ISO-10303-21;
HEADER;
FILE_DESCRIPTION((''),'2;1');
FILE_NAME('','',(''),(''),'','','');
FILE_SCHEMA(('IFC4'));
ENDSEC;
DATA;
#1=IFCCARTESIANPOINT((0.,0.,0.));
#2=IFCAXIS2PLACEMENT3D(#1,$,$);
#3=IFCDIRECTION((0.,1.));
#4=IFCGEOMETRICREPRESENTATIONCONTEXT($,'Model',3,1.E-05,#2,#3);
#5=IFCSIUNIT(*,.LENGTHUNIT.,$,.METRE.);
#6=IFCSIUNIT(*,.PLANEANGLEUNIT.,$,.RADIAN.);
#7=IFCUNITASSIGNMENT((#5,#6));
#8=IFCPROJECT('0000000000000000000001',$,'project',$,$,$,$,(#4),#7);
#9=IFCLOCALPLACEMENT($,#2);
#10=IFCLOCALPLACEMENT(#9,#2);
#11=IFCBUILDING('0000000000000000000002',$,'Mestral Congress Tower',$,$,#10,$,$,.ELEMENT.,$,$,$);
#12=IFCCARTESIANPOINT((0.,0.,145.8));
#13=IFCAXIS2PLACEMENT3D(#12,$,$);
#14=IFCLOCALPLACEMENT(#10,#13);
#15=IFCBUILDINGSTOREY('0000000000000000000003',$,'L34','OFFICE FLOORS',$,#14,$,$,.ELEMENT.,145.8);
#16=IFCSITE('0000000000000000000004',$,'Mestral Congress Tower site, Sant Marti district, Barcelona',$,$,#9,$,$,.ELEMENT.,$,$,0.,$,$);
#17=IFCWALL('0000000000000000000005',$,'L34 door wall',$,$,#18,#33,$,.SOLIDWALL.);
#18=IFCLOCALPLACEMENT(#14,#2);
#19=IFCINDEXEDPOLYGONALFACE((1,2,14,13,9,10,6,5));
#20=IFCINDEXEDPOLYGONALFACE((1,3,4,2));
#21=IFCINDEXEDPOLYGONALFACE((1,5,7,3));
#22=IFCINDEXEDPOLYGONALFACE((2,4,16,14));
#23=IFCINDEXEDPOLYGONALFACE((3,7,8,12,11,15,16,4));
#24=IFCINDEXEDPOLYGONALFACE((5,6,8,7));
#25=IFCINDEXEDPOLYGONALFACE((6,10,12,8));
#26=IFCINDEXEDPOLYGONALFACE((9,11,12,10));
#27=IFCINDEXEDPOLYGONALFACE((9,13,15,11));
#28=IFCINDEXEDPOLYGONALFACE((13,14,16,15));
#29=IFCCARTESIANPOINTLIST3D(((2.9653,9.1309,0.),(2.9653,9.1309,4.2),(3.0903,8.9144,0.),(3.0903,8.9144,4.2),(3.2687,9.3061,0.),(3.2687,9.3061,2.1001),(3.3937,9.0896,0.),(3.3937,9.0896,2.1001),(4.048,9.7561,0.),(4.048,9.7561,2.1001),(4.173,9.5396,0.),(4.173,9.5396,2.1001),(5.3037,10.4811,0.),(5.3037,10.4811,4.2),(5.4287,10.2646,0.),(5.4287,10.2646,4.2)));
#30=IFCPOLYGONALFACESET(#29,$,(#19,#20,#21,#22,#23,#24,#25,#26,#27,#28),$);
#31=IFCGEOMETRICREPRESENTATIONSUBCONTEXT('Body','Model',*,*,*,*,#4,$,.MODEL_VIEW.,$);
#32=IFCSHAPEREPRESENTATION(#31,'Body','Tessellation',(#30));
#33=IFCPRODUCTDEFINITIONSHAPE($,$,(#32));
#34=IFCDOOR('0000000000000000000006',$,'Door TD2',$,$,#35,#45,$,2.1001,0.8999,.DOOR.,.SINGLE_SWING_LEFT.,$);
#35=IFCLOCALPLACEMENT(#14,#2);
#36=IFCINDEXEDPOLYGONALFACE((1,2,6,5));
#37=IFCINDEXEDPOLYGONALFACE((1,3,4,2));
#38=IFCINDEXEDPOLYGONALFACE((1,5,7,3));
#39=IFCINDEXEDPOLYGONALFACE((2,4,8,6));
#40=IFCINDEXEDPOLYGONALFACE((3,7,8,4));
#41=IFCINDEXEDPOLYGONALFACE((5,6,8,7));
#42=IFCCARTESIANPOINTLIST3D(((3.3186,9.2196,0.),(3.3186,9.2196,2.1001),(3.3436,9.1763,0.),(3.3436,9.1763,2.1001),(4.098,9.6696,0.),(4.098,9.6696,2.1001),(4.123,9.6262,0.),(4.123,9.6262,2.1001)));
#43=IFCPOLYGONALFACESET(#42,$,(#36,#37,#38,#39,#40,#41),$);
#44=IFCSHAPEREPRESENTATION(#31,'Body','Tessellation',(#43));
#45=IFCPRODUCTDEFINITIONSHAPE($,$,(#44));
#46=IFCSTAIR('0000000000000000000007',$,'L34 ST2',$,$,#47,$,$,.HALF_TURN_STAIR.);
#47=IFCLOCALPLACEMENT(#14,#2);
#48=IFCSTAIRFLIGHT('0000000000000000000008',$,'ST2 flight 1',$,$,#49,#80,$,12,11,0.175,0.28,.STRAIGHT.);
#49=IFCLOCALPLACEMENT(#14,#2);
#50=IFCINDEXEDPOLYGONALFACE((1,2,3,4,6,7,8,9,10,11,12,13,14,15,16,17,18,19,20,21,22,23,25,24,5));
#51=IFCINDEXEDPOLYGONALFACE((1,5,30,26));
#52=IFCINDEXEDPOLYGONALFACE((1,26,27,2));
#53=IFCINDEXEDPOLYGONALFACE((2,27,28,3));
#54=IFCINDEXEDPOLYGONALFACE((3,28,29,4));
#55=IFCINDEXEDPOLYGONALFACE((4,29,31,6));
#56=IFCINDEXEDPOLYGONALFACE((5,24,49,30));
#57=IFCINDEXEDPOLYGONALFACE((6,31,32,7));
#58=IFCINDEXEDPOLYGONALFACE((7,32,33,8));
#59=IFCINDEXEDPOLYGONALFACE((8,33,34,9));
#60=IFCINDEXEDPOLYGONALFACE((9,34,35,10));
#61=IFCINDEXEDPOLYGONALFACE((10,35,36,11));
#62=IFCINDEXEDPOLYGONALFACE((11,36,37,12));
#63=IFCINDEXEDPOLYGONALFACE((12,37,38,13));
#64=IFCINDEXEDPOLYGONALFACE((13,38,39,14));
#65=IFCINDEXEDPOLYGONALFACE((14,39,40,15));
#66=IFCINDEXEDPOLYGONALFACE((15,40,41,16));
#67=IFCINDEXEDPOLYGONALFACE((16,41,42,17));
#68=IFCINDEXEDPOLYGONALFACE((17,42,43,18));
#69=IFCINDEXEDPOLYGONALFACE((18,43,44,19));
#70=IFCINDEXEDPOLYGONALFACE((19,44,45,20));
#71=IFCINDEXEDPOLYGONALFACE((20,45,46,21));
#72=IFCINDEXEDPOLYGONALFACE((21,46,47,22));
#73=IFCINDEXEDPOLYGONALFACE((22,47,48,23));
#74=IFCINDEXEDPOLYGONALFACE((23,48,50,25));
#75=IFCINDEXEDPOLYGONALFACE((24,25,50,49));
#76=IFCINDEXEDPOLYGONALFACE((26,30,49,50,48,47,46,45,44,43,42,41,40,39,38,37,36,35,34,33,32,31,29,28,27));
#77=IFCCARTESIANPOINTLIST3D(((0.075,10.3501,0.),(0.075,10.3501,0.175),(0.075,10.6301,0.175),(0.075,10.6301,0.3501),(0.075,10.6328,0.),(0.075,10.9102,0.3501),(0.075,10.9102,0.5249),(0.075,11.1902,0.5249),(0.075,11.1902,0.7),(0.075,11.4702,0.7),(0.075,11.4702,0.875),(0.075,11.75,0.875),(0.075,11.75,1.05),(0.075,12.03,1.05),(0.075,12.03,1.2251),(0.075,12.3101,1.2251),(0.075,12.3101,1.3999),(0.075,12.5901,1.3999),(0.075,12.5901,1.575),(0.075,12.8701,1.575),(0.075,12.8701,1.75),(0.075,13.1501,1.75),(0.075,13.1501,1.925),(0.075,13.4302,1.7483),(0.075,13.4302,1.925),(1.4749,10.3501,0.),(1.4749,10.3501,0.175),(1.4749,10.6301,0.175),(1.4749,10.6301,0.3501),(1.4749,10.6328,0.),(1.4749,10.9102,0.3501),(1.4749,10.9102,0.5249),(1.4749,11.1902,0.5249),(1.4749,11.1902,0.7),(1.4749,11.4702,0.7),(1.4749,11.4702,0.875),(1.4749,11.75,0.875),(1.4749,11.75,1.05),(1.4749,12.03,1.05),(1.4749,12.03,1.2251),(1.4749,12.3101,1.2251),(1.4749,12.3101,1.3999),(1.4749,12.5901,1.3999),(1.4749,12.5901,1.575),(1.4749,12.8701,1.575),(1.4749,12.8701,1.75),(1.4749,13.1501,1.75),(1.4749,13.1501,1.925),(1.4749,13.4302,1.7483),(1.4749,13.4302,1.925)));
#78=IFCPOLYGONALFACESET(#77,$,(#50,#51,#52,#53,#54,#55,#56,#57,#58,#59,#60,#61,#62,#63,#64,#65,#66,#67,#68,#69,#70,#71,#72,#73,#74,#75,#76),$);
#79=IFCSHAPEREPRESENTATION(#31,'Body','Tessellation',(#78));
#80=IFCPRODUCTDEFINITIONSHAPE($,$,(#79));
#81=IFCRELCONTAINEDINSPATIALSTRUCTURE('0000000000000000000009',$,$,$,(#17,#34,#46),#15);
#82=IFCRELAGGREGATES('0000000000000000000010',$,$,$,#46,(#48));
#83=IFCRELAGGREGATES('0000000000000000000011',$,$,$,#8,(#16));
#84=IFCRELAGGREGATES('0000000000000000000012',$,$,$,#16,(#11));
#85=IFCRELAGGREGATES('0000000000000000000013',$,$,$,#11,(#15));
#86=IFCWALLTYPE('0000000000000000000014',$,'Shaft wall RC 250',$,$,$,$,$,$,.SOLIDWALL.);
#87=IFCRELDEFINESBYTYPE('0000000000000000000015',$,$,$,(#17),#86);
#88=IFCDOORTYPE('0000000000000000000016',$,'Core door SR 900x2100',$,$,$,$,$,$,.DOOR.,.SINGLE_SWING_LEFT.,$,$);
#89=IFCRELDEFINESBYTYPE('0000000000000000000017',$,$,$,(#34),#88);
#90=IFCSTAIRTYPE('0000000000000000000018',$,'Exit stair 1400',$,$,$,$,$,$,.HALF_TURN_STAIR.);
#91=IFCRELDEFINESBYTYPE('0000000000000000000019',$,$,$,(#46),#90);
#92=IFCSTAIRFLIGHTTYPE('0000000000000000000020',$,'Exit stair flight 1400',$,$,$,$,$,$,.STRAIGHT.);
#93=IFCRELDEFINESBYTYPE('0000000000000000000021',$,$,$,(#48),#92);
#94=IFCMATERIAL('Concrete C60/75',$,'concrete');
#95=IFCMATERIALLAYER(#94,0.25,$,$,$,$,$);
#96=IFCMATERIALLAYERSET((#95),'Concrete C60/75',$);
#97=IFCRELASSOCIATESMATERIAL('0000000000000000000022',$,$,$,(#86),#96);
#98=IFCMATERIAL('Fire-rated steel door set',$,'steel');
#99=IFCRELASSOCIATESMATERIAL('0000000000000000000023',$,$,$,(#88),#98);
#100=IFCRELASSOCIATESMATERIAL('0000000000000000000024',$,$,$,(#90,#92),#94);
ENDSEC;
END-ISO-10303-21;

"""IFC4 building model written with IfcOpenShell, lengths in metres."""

from ifc_helpers import new_model, si_unit, direction, frame, frame_2d, origin, place, context, subcontext, project, spatial, polyline, rectangle, outline, extrude, material, layer, layer_set, type_object, element, fill, aggregate, save


model = new_model("IFC4")

# Units and contexts
model_context = context("Model", 3, precision=1e-05, world=origin(), true_north=direction((0.0, 1.0)))
body_context = subcontext(model_context, "Body", "Model", "MODEL_VIEW")
ifc_project = project(units=[si_unit("LENGTHUNIT", "METRE"), si_unit("PLANEANGLEUNIT", "RADIAN")], contexts=[model_context])

# Site, building, storey
site_placement = place(None, origin())
site = spatial("IfcSite", under=ifc_project, at=site_placement, Name="Mestral Congress Tower site, Sant Marti district, Barcelona", CompositionType="ELEMENT", RefElevation=0.0)
building_placement = place(site_placement, origin())
building = spatial("IfcBuilding", under=site, at=building_placement, Name="Mestral Congress Tower", CompositionType="ELEMENT")
storey_placement = place(building_placement, frame((0.0, 0.0, 145.8)))
storey = spatial("IfcBuildingStorey", under=building, at=storey_placement, Name="L34", Description="OFFICE FLOORS", CompositionType="ELEMENT", Elevation=145.8)

# Shared definitions
ifc_material_1 = material(Name="Concrete C60/75", Category="concrete")

# Shared definitions
ifc_layer_1 = layer(ifc_material_1, 0.25)
ifc_layer_set_1 = layer_set([ifc_layer_1], Name="Concrete C60/75")
wall_type_1 = type_object("IfcWallType", Name="Shaft wall RC 250", PredefinedType="SOLIDWALL", material=ifc_layer_set_1)

# Wall, opening, door
wall_1_placement = place(storey_placement, frame((5.3662, 10.3728, 0.0), z_axis=(0.0, 0.0, 1.0), x_axis=(-0.86602, -0.500009, 0.0)))
wall_1 = element("IfcWall", 1, at=wall_1_placement, inside=storey, type_object=wall_type_1, Name="L34 door wall", PredefinedType="SOLIDWALL", context=body_context, shape_type="SweptSolid", body=[
    extrude(rectangle(XDim=2.7002, YDim=0.25, at=frame_2d((1.3501, 0.0))), origin(), (0.0, 0.0, 1.0), 4.2),
])
opening_1_placement = place(wall_1_placement, frame((1.45, 0.0, 0.0)))
opening_1 = element("IfcOpeningElement", 2, at=opening_1_placement, cuts=wall_1, PredefinedType="OPENING", context=body_context, shape_type="SweptSolid", body=[
    extrude(rectangle(XDim=0.8999, YDim=2.1001, at=frame_2d((0.45, 1.05))), frame((0.0, 0.135, 0.0), z_axis=(0.0, -1.0, 0.0), x_axis=(1.0, 0.0, 0.0)), (0.0, 0.0, 1.0), 0.27),
])
ifc_material_2 = material(Name="Fire-rated steel door set", Category="steel")
door_type_1 = type_object("IfcDoorType", Name="Core door SR 900x2100", OperationType="SINGLE_SWING_LEFT", PredefinedType="DOOR", material=ifc_material_2)
door_1_placement = place(opening_1_placement, origin())
door_1 = element("IfcDoor", 3, at=door_1_placement, inside=storey, type_object=door_type_1, Name="Door TD2", OperationType="SINGLE_SWING_LEFT", OverallHeight=2.1001, OverallWidth=0.8999, PredefinedType="DOOR", context=body_context, shape_type="SweptSolid", body=[
    extrude(rectangle(XDim=0.8999, YDim=2.1001, at=frame_2d((0.45, 1.05))), frame((0.0, 0.0249, 0.0), z_axis=(0.0, -1.0, 0.0), x_axis=(1.0, 0.0, 0.0)), (0.0, 0.0, 1.0), 0.05),
])
fill(opening_1, door_1)

# Stair, stair flight
stair_type = type_object("IfcStairType", Name="Exit stair 1400", PredefinedType="HALF_TURN_STAIR", material=ifc_material_1)
stair_placement = place(storey_placement, origin())
stair = element("IfcStair", 4, at=stair_placement, inside=storey, type_object=stair_type, Name="L34 ST2", PredefinedType="HALF_TURN_STAIR")
stair_flight_type = type_object("IfcStairFlightType", Name="Exit stair flight 1400", PredefinedType="STRAIGHT", material=ifc_material_1)
stair_flight_placement = place(storey_placement, frame((0.7749, 10.3501, 0.0), z_axis=(0.0, 0.0, 1.0), x_axis=(0.0, 1.0, 0.0)))
stair_flight = element("IfcStairFlight", 5, at=stair_flight_placement, type_object=stair_flight_type, Name="ST2 flight 1", NumberOfRisers=12, NumberOfTreads=11, PredefinedType="STRAIGHT", RiserHeight=0.175, TreadLength=0.28, context=body_context, shape_type="SweptSolid", body=[
    extrude(outline(polyline([(0.0, 0.0), (0.0, 0.175), (0.28, 0.175), (0.28, 0.3501), (0.5601, 0.3501), (0.5601, 0.5249), (0.8401, 0.5249), (0.8401, 0.7), (1.1201, 0.7), (1.1201, 0.875), (1.3999, 0.875), (1.3999, 1.05), (1.6799, 1.05), (1.6799, 1.2251), (1.96, 1.2251), (1.96, 1.3999), (2.24, 1.3999), (2.24, 1.575), (2.52, 1.575), (2.52, 1.75), (2.8, 1.75), (2.8, 1.925), (3.0801, 1.925), (3.0801, 2.1001), (3.0801, 1.7483), (0.2827, 0.0), (0.0, 0.0)])), frame((0.0, 0.7, 0.0), z_axis=(0.0, -1.0, 0.0), x_axis=(1.0, 0.0, 0.0)), (0.0, 0.0, 1.0), 1.3999),
])
aggregate(stair, [stair_flight])

save(model, "model.ifc")
